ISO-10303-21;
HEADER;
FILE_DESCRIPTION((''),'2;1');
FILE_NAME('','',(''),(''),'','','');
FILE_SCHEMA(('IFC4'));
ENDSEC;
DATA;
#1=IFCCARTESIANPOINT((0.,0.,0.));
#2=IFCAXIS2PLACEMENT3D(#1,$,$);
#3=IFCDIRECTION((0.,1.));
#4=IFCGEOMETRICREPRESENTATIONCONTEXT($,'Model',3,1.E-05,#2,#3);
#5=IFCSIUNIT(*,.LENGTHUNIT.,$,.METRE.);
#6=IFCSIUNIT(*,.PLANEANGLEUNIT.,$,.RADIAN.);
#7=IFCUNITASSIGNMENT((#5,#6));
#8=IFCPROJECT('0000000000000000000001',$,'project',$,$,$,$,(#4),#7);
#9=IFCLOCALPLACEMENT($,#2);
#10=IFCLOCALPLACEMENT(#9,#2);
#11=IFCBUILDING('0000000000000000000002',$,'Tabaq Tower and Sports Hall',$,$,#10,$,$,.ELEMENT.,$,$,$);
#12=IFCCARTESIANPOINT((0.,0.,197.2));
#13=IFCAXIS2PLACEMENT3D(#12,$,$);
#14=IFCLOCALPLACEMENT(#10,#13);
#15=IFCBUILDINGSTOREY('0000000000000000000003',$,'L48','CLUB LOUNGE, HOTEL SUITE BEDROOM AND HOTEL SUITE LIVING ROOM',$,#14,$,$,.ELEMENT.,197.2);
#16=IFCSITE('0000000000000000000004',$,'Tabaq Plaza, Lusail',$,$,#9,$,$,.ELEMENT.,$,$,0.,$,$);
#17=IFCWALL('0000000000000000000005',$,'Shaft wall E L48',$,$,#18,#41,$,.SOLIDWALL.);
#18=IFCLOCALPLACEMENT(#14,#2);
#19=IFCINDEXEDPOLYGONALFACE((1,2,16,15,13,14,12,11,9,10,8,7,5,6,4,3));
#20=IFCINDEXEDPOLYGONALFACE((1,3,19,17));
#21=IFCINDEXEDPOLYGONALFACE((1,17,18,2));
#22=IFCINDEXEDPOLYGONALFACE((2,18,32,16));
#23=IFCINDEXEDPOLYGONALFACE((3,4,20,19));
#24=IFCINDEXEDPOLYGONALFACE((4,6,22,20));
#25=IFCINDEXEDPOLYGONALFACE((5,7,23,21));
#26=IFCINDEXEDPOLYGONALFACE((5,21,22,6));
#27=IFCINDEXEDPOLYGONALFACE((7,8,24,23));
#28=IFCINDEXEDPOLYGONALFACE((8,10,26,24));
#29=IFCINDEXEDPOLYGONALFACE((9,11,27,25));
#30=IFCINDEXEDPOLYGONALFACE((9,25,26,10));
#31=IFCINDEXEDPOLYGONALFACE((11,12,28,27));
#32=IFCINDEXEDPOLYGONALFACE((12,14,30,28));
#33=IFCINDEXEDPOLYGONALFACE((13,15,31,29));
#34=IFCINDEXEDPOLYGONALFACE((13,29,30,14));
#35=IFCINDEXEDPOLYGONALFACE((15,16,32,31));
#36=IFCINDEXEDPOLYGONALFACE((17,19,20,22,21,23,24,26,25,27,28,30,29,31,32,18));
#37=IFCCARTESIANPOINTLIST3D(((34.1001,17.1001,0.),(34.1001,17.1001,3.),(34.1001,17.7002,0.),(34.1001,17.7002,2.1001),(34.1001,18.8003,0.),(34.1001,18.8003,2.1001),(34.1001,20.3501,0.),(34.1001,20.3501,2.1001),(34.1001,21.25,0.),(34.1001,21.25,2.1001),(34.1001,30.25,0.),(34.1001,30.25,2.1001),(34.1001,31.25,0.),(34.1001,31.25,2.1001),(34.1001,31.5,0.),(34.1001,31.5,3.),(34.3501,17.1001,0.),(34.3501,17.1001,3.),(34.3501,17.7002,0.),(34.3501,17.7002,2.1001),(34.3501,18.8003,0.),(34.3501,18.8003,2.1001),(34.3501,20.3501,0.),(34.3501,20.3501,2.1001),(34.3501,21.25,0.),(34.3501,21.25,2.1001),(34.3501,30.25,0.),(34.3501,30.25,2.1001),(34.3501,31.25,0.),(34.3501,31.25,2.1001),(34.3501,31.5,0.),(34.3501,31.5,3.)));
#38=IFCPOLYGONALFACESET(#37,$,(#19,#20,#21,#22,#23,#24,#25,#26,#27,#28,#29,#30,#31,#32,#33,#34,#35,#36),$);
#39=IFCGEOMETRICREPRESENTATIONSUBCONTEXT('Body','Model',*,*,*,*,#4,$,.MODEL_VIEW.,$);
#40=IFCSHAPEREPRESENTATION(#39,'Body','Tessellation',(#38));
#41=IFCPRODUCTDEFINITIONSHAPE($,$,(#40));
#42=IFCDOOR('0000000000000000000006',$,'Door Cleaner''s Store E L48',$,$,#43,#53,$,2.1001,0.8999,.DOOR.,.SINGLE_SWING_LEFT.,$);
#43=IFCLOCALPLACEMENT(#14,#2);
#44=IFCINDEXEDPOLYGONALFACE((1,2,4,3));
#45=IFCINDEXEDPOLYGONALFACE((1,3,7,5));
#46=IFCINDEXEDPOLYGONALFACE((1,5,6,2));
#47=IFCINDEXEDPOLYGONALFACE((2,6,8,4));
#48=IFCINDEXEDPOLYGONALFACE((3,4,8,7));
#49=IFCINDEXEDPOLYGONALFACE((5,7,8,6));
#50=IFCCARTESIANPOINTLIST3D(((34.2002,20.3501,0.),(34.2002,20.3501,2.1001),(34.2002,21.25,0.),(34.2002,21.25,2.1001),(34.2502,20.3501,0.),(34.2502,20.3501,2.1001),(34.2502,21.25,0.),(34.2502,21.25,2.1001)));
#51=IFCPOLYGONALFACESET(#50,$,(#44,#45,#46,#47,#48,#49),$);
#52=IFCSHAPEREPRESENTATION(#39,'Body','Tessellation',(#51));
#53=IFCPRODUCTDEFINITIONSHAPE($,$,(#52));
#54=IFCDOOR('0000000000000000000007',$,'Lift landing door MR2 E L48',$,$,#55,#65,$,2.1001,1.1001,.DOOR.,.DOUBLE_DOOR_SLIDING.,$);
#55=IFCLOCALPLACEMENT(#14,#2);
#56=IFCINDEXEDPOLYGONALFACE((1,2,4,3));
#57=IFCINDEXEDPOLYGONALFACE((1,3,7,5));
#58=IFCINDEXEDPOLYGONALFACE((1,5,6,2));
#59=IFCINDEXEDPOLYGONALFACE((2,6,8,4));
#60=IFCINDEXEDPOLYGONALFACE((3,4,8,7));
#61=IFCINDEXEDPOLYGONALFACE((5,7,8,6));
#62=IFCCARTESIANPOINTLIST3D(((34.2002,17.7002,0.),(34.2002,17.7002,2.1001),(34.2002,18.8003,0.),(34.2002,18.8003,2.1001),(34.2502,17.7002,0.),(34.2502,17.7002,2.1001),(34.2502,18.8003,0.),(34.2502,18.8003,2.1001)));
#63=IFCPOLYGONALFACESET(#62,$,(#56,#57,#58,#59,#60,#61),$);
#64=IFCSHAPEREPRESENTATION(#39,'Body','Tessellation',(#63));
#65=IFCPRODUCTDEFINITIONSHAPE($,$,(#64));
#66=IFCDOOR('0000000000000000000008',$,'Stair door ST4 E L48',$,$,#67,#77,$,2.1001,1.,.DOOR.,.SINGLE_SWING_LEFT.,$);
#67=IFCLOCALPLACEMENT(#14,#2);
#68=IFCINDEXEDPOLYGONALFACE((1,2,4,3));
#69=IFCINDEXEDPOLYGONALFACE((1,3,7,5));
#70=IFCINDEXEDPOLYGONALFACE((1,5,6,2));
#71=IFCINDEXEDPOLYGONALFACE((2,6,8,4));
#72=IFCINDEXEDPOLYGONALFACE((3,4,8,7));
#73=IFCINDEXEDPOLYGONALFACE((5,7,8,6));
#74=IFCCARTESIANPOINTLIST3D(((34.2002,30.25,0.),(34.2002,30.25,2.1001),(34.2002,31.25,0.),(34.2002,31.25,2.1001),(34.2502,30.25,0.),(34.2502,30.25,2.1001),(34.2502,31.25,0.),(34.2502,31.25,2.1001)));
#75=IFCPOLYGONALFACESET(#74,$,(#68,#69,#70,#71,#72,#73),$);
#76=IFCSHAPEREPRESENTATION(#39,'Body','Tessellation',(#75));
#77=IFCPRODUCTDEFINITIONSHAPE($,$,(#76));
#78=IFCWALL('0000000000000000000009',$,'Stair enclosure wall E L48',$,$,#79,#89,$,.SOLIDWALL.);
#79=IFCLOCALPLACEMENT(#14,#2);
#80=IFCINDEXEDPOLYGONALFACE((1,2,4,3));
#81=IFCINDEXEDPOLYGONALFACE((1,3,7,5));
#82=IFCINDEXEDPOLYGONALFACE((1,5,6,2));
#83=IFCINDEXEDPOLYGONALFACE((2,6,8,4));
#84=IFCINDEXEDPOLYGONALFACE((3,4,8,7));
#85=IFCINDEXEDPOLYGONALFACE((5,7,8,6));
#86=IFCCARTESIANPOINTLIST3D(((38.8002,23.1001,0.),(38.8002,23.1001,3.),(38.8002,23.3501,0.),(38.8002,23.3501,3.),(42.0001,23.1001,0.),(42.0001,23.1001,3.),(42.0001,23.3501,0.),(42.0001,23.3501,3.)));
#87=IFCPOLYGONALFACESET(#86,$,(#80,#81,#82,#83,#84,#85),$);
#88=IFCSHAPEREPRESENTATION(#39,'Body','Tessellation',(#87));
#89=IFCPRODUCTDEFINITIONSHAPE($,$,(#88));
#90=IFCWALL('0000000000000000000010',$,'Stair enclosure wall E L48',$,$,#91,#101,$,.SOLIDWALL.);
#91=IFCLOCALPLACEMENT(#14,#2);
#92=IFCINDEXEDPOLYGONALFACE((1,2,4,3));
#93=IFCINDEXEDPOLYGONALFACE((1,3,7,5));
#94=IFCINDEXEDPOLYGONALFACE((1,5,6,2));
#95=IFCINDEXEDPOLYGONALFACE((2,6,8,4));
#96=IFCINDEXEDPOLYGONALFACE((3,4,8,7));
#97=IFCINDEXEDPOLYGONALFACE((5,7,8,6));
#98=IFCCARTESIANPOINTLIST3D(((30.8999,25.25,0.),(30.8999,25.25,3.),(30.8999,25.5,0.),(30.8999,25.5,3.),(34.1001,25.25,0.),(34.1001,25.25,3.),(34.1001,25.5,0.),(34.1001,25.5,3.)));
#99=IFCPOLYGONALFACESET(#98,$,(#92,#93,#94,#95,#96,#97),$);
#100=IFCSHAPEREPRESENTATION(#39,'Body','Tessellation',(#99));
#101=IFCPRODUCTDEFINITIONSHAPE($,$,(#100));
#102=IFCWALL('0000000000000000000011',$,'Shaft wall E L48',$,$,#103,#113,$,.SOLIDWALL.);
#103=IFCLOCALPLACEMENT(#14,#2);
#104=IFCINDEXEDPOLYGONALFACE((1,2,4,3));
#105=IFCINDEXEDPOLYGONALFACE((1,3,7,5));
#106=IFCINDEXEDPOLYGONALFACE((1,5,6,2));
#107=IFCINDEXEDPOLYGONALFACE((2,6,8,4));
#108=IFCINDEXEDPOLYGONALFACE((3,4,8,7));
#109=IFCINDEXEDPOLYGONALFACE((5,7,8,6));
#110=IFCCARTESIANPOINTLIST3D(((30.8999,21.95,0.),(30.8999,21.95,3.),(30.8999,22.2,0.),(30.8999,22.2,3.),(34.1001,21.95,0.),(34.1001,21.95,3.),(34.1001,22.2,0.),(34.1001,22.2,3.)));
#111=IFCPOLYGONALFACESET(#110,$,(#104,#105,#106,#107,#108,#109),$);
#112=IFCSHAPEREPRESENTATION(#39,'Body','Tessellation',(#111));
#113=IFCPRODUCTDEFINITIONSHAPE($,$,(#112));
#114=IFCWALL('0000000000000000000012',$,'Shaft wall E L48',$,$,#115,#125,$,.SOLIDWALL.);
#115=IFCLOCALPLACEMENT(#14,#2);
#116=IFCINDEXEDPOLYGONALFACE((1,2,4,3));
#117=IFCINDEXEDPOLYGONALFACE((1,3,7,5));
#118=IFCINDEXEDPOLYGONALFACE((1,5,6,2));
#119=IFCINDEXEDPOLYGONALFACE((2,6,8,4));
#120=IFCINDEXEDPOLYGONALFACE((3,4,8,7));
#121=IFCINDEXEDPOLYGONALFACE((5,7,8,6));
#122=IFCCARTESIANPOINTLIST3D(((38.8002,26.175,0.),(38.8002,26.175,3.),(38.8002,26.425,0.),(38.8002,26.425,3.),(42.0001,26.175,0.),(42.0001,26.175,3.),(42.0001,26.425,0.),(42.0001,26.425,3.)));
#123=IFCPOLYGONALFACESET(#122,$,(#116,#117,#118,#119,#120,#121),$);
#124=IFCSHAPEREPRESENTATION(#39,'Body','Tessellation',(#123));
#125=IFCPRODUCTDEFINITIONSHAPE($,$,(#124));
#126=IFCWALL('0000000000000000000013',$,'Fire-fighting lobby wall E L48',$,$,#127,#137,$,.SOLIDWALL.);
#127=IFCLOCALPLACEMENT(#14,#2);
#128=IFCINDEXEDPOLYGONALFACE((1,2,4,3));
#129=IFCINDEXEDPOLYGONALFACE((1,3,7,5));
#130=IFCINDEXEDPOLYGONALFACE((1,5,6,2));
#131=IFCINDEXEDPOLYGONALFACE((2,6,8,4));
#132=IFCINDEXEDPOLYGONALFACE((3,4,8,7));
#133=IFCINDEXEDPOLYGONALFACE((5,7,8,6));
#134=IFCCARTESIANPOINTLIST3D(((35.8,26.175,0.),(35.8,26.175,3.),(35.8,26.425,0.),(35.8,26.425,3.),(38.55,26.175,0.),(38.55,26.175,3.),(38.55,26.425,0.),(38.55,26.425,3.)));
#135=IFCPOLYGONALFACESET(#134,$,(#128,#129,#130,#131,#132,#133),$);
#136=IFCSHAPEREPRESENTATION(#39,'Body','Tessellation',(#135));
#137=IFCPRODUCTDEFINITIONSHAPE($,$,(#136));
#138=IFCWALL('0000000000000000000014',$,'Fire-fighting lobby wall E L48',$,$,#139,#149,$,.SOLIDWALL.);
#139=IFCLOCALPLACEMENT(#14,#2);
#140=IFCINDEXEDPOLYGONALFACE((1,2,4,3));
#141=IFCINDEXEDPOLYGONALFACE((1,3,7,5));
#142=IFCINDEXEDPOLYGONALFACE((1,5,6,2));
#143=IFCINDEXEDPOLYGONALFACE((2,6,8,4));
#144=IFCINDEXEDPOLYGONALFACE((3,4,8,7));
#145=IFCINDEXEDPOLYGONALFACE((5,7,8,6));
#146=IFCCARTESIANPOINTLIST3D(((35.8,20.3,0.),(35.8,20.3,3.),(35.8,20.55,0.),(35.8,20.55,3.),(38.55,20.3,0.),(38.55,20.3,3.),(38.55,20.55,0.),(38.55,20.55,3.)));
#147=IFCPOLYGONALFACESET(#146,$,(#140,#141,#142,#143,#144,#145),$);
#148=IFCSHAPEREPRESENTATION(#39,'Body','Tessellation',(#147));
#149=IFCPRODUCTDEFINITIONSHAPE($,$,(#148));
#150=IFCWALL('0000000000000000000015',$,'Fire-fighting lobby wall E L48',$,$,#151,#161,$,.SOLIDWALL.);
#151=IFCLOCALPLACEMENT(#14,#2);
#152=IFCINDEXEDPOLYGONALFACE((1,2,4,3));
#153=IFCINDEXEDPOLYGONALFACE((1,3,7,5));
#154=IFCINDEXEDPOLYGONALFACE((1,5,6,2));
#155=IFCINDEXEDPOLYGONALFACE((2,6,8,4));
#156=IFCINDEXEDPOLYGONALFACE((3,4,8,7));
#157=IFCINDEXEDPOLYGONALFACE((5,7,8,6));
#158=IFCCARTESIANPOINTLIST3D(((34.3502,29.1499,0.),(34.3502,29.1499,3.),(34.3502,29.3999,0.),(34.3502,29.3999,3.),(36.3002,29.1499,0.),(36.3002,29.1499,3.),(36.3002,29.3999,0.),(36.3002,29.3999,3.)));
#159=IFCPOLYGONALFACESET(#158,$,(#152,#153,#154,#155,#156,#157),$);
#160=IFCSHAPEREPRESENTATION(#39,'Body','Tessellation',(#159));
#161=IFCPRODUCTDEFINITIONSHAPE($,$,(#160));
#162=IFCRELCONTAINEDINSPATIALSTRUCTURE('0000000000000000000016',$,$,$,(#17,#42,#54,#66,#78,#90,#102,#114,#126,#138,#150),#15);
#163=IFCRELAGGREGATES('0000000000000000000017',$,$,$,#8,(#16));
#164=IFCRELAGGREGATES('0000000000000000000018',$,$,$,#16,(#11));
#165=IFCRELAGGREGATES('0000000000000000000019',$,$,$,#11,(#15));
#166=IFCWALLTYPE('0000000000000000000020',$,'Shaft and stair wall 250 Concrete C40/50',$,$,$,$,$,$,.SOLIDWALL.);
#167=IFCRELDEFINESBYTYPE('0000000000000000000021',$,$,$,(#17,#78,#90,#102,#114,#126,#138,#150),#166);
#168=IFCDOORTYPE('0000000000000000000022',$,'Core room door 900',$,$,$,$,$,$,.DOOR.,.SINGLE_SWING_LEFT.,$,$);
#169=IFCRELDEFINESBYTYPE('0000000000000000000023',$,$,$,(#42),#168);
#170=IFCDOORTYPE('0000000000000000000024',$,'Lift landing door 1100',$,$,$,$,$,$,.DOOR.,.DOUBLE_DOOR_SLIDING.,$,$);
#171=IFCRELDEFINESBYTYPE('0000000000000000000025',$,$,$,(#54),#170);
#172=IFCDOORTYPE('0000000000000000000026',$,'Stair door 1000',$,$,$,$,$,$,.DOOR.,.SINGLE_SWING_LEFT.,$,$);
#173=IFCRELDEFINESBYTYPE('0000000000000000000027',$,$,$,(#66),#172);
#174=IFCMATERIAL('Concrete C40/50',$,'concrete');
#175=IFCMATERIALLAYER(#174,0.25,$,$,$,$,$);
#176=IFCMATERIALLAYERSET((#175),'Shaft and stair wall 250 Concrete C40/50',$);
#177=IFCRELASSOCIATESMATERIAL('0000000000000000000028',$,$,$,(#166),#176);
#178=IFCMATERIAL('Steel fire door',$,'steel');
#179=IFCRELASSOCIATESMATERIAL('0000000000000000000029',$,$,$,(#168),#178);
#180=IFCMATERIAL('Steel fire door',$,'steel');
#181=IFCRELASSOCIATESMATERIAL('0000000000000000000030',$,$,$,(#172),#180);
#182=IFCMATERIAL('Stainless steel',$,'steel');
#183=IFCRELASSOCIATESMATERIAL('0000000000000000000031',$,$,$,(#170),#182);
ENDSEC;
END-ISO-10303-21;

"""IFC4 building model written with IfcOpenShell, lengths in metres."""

from ifc_helpers import new_model, si_unit, direction, frame, frame_2d, origin, place, context, subcontext, project, spatial, rectangle, extrude, material, layer, layer_set, type_object, element, fill, save


model = new_model("IFC4")

# Units and contexts
model_context = context("Model", 3, precision=1e-05, world=origin(), true_north=direction((0.0, 1.0)))
body_context = subcontext(model_context, "Body", "Model", "MODEL_VIEW")
ifc_project = project(units=[si_unit("LENGTHUNIT", "METRE"), si_unit("PLANEANGLEUNIT", "RADIAN")], contexts=[model_context])

# Site, building, storey
site_placement = place(None, origin())
site = spatial("IfcSite", under=ifc_project, at=site_placement, Name="Tabaq Plaza, Lusail", CompositionType="ELEMENT", RefElevation=0.0)
building_placement = place(site_placement, origin())
building = spatial("IfcBuilding", under=site, at=building_placement, Name="Tabaq Tower and Sports Hall", CompositionType="ELEMENT")
storey_placement = place(building_placement, frame((0.0, 0.0, 197.2)))
storey = spatial("IfcBuildingStorey", under=building, at=storey_placement, Name="L48", Description="CLUB LOUNGE, HOTEL SUITE BEDROOM AND HOTEL SUITE LIVING ROOM", CompositionType="ELEMENT", Elevation=197.2)

# Wall, openings, doors
ifc_material_1 = material(Name="Concrete C40/50", Category="concrete")
ifc_layer_1 = layer(ifc_material_1, 0.25)
ifc_layer_set_1 = layer_set([ifc_layer_1], Name="Shaft and stair wall 250 Concrete C40/50")
wall_type_1 = type_object("IfcWallType", Name="Shaft and stair wall 250 Concrete C40/50", PredefinedType="SOLIDWALL", material=ifc_layer_set_1)
ifc_material_2 = material(Name="Steel fire door", Category="steel")
door_type_1 = type_object("IfcDoorType", Name="Core room door 900", OperationType="SINGLE_SWING_LEFT", PredefinedType="DOOR", material=ifc_material_2)
ifc_material_3 = material(Name="Steel fire door", Category="steel")
door_type_2 = type_object("IfcDoorType", Name="Stair door 1000", OperationType="SINGLE_SWING_LEFT", PredefinedType="DOOR", material=ifc_material_3)
wall_1_placement = place(storey_placement, frame((34.2251, 17.1001, 0.0), z_axis=(0.0, 0.0, 1.0), x_axis=(0.0, 1.0, 0.0)))
wall_1 = element("IfcWall", 1, at=wall_1_placement, inside=storey, type_object=wall_type_1, Name="Shaft wall E L48", PredefinedType="SOLIDWALL", context=body_context, shape_type="SweptSolid", body=[
    extrude(rectangle(XDim=14.3999, YDim=0.25, at=frame_2d((7.2, 0.0))), origin(), (0.0, 0.0, 1.0), 3.0),
])
opening_1_placement = place(wall_1_placement, frame((13.1499, 0.0, 0.0)))
opening_1 = element("IfcOpeningElement", 2, at=opening_1_placement, cuts=wall_1, PredefinedType="OPENING", context=body_context, shape_type="SweptSolid", body=[
    extrude(rectangle(XDim=1.0, YDim=2.1001, at=frame_2d((0.5, 1.05))), frame((0.0, 0.125, 0.0), z_axis=(0.0, -1.0, 0.0), x_axis=(1.0, 0.0, 0.0)), (0.0, 0.0, 1.0), 0.25),
])
opening_2_placement = place(wall_1_placement, frame((0.6001, 0.0, 0.0)))
opening_2 = element("IfcOpeningElement", 3, at=opening_2_placement, cuts=wall_1, PredefinedType="OPENING", context=body_context, shape_type="SweptSolid", body=[
    extrude(rectangle(XDim=1.1001, YDim=2.1001, at=frame_2d((0.55, 1.05))), frame((0.0, 0.125, 0.0), z_axis=(0.0, -1.0, 0.0), x_axis=(1.0, 0.0, 0.0)), (0.0, 0.0, 1.0), 0.25),
])
opening_3_placement = place(wall_1_placement, frame((3.25, 0.0, 0.0)))
opening_3 = element("IfcOpeningElement", 4, at=opening_3_placement, cuts=wall_1, PredefinedType="OPENING", context=body_context, shape_type="SweptSolid", body=[
    extrude(rectangle(XDim=0.8999, YDim=2.1001, at=frame_2d((0.45, 1.05))), frame((0.0, 0.125, 0.0), z_axis=(0.0, -1.0, 0.0), x_axis=(1.0, 0.0, 0.0)), (0.0, 0.0, 1.0), 0.25),
])
door_1_placement = place(opening_3_placement, origin())
door_1 = element("IfcDoor", 5, at=door_1_placement, inside=storey, type_object=door_type_1, Name="Door Cleaner's Store E L48", OperationType="SINGLE_SWING_LEFT", OverallHeight=2.1001, OverallWidth=0.8999, PredefinedType="DOOR", context=body_context, shape_type="SweptSolid", body=[
    extrude(rectangle(XDim=0.8999, YDim=2.1001, at=frame_2d((0.45, 1.05))), frame((0.0, 0.0249, 0.0), z_axis=(0.0, -1.0, 0.0), x_axis=(1.0, 0.0, 0.0)), (0.0, 0.0, 1.0), 0.05),
])
fill(opening_3, door_1)
ifc_material_4 = material(Name="Stainless steel", Category="steel")
door_type_3 = type_object("IfcDoorType", Name="Lift landing door 1100", OperationType="DOUBLE_DOOR_SLIDING", PredefinedType="DOOR", material=ifc_material_4)
door_2_placement = place(opening_2_placement, origin())
door_2 = element("IfcDoor", 6, at=door_2_placement, inside=storey, type_object=door_type_3, Name="Lift landing door MR2 E L48", OperationType="DOUBLE_DOOR_SLIDING", OverallHeight=2.1001, OverallWidth=1.1001, PredefinedType="DOOR", context=body_context, shape_type="SweptSolid", body=[
    extrude(rectangle(XDim=1.1001, YDim=2.1001, at=frame_2d((0.55, 1.05))), frame((0.0, 0.0249, 0.0), z_axis=(0.0, -1.0, 0.0), x_axis=(1.0, 0.0, 0.0)), (0.0, 0.0, 1.0), 0.05),
])
fill(opening_2, door_2)
door_3_placement = place(opening_1_placement, origin())
door_3 = element("IfcDoor", 7, at=door_3_placement, inside=storey, type_object=door_type_2, Name="Stair door ST4 E L48", OperationType="SINGLE_SWING_LEFT", OverallHeight=2.1001, OverallWidth=1.0, PredefinedType="DOOR", context=body_context, shape_type="SweptSolid", body=[
    extrude(rectangle(XDim=1.0, YDim=2.1001, at=frame_2d((0.5, 1.05))), frame((0.0, 0.0249, 0.0), z_axis=(0.0, -1.0, 0.0), x_axis=(1.0, 0.0, 0.0)), (0.0, 0.0, 1.0), 0.05),
])
fill(opening_1, door_3)

# Walls
wall_2_placement = place(storey_placement, frame((38.8, 23.2251, 0.0), z_axis=(0.0, 0.0, 1.0), x_axis=(1.0, 0.0, 0.0)))
element("IfcWall", 8, at=wall_2_placement, inside=storey, type_object=wall_type_1, Name="Stair enclosure wall E L48", PredefinedType="SOLIDWALL", context=body_context, shape_type="SweptSolid", body=[
    extrude(rectangle(XDim=3.2, YDim=0.25, at=frame_2d((1.6001, 0.0))), origin(), (0.0, 0.0, 1.0), 3.0),
])
for number, where, z_axis, x_axis, name in (
    (9, (30.8999, 25.375, 0.0), (0.0, 0.0, 1.0), (1.0, 0.0, 0.0), "Stair enclosure wall E L48"),
    (10, (30.8999, 22.075, 0.0), (0.0, 0.0, 1.0), (1.0, 0.0, 0.0), "Shaft wall E L48"),
):
    element("IfcWall", number, at=place(storey_placement, frame(where, z_axis=z_axis, x_axis=x_axis)), inside=storey, type_object=wall_type_1, Name=name, PredefinedType="SOLIDWALL", context=body_context, shape_type="SweptSolid", body=[
        extrude(rectangle(XDim=3.2002, YDim=0.25, at=frame_2d((1.6001, 0.0))), origin(), (0.0, 0.0, 1.0), 3.0),
    ])
wall_3_placement = place(storey_placement, frame((38.8, 26.3, 0.0), z_axis=(0.0, 0.0, 1.0), x_axis=(1.0, 0.0, 0.0)))
element("IfcWall", 11, at=wall_3_placement, inside=storey, type_object=wall_type_1, Name="Shaft wall E L48", PredefinedType="SOLIDWALL", context=body_context, shape_type="SweptSolid", body=[
    extrude(rectangle(XDim=3.2, YDim=0.25, at=frame_2d((1.6001, 0.0))), origin(), (0.0, 0.0, 1.0), 3.0),
])
for number, where, z_axis, x_axis, name in (
    (12, (35.8, 26.3, 0.0), (0.0, 0.0, 1.0), (1.0, 0.0, 0.0), "Fire-fighting lobby wall E L48"),
    (13, (35.8, 20.425, 0.0), (0.0, 0.0, 1.0), (1.0, 0.0, 0.0), "Fire-fighting lobby wall E L48"),
):
    element("IfcWall", number, at=place(storey_placement, frame(where, z_axis=z_axis, x_axis=x_axis)), inside=storey, type_object=wall_type_1, Name=name, PredefinedType="SOLIDWALL", context=body_context, shape_type="SweptSolid", body=[
        extrude(rectangle(XDim=2.75, YDim=0.25, at=frame_2d((1.375, 0.0))), origin(), (0.0, 0.0, 1.0), 3.0),
    ])
wall_4_placement = place(storey_placement, frame((34.3501, 29.2749, 0.0), z_axis=(0.0, 0.0, 1.0), x_axis=(1.0, 0.0, 0.0)))
element("IfcWall", 14, at=wall_4_placement, inside=storey, type_object=wall_type_1, Name="Fire-fighting lobby wall E L48", PredefinedType="SOLIDWALL", context=body_context, shape_type="SweptSolid", body=[
    extrude(rectangle(XDim=1.95, YDim=0.25, at=frame_2d((0.9751, 0.0))), origin(), (0.0, 0.0, 1.0), 3.0),
])

save(model, "model.ifc")
